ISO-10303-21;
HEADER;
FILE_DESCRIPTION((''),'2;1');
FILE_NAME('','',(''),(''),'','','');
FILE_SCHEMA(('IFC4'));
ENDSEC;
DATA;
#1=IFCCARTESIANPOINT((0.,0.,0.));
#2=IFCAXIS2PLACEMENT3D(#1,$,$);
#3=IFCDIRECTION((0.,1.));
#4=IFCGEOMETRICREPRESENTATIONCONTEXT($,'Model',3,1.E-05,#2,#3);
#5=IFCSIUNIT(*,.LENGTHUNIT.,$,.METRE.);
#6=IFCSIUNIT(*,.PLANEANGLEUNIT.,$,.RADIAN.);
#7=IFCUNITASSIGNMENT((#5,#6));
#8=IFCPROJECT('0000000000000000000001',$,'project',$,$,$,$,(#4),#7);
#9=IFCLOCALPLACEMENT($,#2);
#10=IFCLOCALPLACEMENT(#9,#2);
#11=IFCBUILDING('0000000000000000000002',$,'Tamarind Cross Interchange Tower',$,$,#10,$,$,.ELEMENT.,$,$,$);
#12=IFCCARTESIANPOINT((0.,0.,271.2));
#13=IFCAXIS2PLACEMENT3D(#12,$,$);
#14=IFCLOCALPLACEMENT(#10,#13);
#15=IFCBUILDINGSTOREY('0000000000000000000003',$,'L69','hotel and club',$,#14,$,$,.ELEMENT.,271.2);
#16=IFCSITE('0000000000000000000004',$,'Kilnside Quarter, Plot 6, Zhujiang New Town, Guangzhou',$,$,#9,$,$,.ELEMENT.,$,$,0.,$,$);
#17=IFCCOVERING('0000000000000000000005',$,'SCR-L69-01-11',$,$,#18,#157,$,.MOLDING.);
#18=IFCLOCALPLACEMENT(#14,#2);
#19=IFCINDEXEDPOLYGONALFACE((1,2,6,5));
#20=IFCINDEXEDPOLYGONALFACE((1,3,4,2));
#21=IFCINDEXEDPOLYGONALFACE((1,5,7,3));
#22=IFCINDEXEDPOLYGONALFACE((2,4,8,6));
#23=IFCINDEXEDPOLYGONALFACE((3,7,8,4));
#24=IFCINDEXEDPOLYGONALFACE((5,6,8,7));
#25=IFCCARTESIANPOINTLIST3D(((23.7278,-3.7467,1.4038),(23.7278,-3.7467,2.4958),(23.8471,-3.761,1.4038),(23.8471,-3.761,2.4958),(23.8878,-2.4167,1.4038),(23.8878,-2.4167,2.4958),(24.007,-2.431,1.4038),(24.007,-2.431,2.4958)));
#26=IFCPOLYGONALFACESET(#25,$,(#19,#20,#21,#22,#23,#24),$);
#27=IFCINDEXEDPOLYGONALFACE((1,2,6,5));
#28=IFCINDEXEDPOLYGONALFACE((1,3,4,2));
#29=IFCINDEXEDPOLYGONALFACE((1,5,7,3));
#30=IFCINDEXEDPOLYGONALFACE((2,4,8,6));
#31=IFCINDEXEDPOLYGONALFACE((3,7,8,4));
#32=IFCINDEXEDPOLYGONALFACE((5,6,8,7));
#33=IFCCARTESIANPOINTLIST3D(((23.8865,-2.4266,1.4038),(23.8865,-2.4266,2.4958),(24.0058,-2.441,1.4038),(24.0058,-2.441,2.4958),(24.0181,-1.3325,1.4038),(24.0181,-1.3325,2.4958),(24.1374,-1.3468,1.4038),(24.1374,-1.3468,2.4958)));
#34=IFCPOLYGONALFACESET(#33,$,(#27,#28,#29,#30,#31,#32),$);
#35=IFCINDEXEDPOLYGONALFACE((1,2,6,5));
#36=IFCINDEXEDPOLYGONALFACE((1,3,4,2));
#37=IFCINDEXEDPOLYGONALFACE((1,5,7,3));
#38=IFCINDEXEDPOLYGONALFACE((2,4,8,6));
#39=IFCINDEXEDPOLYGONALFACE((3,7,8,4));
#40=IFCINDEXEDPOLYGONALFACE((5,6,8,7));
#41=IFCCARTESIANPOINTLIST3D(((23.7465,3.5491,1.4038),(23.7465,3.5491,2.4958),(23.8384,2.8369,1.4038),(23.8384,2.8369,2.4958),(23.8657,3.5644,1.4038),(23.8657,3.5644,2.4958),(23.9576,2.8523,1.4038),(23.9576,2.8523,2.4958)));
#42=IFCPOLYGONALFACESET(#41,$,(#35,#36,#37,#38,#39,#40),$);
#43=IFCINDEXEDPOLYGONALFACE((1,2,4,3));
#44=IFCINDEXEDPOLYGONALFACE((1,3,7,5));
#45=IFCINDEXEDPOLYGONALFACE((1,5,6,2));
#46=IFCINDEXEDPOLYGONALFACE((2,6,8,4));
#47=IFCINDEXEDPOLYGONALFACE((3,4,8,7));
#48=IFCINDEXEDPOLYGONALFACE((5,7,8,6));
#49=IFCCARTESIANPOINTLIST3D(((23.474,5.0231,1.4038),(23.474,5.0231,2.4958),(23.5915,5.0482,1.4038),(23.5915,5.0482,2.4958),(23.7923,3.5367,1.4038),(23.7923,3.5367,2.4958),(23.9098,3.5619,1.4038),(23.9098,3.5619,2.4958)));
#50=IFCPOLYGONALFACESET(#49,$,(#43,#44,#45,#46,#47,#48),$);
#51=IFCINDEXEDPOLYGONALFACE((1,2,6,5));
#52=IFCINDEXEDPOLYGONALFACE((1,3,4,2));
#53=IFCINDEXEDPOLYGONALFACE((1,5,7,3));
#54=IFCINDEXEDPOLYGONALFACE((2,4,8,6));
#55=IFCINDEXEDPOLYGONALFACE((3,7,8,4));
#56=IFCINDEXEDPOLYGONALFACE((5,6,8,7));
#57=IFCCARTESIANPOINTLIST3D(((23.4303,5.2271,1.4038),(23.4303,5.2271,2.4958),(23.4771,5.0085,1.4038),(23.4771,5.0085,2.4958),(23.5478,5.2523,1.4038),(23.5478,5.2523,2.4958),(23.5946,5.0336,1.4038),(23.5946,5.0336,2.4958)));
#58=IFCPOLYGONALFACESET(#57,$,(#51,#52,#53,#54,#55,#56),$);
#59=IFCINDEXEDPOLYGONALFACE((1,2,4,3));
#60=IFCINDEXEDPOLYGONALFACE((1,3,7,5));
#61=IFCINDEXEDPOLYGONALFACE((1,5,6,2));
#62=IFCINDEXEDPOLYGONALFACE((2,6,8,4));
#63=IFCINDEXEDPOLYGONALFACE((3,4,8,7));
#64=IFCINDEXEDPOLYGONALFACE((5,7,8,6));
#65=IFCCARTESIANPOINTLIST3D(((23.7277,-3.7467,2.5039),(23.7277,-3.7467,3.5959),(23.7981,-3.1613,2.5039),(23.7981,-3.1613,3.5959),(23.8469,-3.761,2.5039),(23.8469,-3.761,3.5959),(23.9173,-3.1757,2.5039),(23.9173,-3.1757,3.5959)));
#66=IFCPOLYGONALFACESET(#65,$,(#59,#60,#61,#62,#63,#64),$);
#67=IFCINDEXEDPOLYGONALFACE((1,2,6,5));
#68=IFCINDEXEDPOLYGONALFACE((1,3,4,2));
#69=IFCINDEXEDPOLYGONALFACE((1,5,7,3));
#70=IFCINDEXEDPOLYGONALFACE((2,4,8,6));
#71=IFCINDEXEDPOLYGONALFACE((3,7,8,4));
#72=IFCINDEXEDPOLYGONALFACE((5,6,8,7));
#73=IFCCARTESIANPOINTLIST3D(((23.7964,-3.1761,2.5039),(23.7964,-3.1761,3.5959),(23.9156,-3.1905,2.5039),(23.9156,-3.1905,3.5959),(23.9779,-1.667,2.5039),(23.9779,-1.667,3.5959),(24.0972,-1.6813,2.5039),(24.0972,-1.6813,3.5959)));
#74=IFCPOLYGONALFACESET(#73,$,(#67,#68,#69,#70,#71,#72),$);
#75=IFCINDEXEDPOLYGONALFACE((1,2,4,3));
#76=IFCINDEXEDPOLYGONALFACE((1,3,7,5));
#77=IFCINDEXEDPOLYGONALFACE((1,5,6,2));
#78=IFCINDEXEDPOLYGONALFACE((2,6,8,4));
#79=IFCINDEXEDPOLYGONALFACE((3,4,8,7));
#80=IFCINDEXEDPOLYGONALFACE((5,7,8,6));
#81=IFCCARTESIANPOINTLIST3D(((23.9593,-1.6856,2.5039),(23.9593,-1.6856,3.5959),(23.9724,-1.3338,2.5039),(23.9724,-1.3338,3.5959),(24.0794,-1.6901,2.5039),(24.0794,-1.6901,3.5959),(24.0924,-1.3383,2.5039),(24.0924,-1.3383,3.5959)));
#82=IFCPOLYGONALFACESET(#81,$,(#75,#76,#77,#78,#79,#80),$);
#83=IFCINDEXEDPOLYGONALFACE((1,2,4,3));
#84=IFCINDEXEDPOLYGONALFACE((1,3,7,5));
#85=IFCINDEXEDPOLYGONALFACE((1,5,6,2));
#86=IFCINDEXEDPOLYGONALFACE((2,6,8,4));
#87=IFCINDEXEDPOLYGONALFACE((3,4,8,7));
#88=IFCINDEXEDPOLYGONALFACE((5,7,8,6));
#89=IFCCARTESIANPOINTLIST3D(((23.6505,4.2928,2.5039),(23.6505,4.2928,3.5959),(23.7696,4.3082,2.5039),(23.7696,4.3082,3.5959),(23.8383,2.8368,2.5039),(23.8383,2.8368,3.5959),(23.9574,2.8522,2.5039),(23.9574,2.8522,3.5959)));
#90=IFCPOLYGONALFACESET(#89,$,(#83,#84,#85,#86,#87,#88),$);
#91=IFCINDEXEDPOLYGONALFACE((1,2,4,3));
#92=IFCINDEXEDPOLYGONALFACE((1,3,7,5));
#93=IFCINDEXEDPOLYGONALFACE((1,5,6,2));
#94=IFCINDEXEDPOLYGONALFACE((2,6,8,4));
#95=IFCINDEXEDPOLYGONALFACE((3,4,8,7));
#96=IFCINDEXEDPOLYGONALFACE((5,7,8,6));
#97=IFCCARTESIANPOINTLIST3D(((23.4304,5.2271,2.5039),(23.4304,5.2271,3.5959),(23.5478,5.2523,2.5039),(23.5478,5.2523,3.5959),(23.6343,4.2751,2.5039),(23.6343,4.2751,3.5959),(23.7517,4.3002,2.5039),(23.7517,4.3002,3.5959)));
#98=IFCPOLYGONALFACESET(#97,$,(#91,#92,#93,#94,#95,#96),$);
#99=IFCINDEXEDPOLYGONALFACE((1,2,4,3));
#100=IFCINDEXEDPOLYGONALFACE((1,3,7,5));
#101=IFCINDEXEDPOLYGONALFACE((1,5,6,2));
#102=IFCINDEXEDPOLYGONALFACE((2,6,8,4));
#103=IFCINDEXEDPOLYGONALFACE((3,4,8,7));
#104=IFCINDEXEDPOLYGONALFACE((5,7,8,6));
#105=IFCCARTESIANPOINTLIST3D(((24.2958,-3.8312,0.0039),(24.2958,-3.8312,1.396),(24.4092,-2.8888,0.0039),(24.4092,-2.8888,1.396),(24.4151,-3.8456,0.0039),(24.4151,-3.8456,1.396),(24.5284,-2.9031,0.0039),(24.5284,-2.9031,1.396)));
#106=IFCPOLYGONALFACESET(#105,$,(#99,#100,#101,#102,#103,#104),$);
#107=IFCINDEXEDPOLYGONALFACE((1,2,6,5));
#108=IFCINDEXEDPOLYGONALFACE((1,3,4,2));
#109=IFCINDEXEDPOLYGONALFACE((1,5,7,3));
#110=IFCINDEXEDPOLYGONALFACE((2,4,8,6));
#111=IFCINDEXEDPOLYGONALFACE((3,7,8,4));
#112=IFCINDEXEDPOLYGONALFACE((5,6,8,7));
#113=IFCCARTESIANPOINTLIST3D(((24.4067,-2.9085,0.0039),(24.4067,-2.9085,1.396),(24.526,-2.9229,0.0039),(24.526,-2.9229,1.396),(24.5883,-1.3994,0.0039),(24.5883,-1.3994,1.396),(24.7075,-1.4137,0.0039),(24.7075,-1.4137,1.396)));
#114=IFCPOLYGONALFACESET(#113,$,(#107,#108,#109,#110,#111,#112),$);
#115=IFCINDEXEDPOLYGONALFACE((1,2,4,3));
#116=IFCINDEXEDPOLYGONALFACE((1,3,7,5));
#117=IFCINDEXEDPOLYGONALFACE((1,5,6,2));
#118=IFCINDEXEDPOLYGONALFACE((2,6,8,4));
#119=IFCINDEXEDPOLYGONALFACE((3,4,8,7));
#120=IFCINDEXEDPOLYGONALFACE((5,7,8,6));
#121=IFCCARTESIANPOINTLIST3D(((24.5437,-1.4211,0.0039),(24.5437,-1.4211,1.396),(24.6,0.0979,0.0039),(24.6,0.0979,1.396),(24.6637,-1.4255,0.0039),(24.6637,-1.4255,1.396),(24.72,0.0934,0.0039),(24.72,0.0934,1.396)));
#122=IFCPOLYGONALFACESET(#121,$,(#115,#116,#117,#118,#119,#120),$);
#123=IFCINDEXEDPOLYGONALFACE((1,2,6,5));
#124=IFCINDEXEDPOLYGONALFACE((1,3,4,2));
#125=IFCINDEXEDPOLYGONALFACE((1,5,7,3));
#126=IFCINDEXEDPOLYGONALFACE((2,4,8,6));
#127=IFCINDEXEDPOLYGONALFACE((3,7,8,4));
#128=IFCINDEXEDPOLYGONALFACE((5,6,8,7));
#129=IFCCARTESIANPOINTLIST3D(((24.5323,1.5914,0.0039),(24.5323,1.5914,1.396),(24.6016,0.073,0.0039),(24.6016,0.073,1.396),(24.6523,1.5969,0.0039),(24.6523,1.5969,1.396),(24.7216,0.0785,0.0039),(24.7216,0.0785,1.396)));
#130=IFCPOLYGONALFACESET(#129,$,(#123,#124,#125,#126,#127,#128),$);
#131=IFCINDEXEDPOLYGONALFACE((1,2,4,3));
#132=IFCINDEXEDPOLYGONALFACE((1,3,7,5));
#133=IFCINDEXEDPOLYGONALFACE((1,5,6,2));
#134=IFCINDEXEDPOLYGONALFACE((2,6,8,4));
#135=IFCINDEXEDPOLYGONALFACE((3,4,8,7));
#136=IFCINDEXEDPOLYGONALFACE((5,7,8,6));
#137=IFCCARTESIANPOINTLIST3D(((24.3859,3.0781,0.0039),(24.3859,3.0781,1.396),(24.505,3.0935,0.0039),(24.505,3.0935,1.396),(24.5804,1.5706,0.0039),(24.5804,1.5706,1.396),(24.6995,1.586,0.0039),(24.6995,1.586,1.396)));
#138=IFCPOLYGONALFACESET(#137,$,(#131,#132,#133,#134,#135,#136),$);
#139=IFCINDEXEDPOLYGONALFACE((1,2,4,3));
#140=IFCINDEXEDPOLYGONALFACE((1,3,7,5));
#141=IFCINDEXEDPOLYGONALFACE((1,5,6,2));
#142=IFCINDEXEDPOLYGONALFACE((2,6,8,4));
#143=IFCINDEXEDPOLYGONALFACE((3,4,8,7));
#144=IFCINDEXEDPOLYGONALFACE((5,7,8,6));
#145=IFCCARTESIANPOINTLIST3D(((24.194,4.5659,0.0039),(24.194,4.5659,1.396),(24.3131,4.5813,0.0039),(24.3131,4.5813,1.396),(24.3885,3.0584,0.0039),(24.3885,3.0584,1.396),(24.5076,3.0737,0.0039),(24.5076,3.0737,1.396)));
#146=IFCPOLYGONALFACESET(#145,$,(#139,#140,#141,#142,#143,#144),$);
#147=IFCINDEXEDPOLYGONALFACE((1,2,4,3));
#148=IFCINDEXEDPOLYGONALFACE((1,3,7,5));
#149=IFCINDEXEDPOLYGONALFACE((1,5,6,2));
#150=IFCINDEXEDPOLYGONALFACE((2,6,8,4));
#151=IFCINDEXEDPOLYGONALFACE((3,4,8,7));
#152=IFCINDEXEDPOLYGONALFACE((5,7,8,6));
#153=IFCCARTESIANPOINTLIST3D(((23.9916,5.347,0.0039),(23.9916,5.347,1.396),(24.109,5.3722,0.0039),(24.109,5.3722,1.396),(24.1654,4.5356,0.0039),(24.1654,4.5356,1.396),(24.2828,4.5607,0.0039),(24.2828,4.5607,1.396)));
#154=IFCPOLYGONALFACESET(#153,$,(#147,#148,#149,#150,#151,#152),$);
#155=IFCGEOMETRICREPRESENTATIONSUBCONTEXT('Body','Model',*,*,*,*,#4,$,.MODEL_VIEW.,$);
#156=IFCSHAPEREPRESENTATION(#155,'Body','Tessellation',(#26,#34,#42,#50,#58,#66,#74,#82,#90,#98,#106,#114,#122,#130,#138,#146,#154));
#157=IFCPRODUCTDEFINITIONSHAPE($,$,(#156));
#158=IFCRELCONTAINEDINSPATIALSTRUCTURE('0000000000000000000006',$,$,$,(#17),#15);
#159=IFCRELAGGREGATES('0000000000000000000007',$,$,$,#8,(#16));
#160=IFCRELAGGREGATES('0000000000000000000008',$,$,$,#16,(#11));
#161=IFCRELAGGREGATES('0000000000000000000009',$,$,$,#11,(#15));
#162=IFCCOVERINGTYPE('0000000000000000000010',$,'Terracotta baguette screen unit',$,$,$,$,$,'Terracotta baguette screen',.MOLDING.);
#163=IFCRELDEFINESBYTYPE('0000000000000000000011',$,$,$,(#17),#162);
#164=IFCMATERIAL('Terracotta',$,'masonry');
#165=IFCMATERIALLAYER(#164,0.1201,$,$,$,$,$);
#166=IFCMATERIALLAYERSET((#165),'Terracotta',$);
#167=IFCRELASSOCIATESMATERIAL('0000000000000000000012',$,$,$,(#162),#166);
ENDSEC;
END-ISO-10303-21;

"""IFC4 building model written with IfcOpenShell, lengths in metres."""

from ifc_helpers import new_model, si_unit, direction, frame, origin, origin_2d, place, context, subcontext, project, spatial, rectangle, extrude, material, layer, layer_set, type_object, element, save


model = new_model("IFC4")

# Units and contexts
model_context = context("Model", 3, precision=1e-05, world=origin(), true_north=direction((0.0, 1.0)))
body_context = subcontext(model_context, "Body", "Model", "MODEL_VIEW")
ifc_project = project(units=[si_unit("LENGTHUNIT", "METRE"), si_unit("PLANEANGLEUNIT", "RADIAN")], contexts=[model_context])

# Site, building, storey
site_placement = place(None, origin())
site = spatial("IfcSite", under=ifc_project, at=site_placement, Name="Kilnside Quarter, Plot 6, Zhujiang New Town, Guangzhou", CompositionType="ELEMENT", RefElevation=0.0)
building_placement = place(site_placement, origin())
building = spatial("IfcBuilding", under=site, at=building_placement, Name="Tamarind Cross Interchange Tower", CompositionType="ELEMENT")
storey_placement = place(building_placement, frame((0.0, 0.0, 271.2)))
storey = spatial("IfcBuildingStorey", under=building, at=storey_placement, Name="L69", Description="hotel and club", CompositionType="ELEMENT", Elevation=271.2)

# Covering
ifc_material_1 = material(Name="Terracotta", Category="masonry")
ifc_layer_1 = layer(ifc_material_1, 0.1201)
ifc_layer_set_1 = layer_set([ifc_layer_1], Name="Terracotta")
covering_type = type_object("IfcCoveringType", Name="Terracotta baguette screen unit", ElementType="Terracotta baguette screen", PredefinedType="MOLDING", material=ifc_layer_set_1)
covering_1_placement = place(storey_placement, origin())
element("IfcCovering", 1, at=covering_1_placement, inside=storey, type_object=covering_type, Name="SCR-L69-01-11", PredefinedType="MOLDING", context=body_context, shape_type="SweptSolid", body=[
    extrude(rectangle(XDim=1.3396, YDim=0.1201, at=origin_2d()), frame((23.8674, -3.0889, 1.4038), z_axis=(0.0, 0.0, 1.0), x_axis=(0.119421, 0.992844, 0.0)), (0.0, 0.0, 1.0), 1.092),
    extrude(rectangle(XDim=1.1021, YDim=0.1201, at=origin_2d()), frame((24.012, -1.8867, 1.4038), z_axis=(0.0, 0.0, 1.0), x_axis=(0.119421, 0.992844, 0.0)), (0.0, 0.0, 1.0), 1.092),
    extrude(rectangle(XDim=0.718, YDim=0.1201, at=origin_2d()), frame((23.8521, 3.2007, 1.4038), z_axis=(0.0, 0.0, 1.0), x_axis=(-0.127962, 0.991779, 0.0)), (0.0, 0.0, 1.0), 1.092),
    extrude(rectangle(XDim=1.52, YDim=0.1201, at=origin_2d()), frame((23.6919, 4.2925, 1.4038), z_axis=(0.0, 0.0, 1.0), x_axis=(-0.209425, 0.977825, 0.0)), (0.0, 0.0, 1.0), 1.092),
    extrude(rectangle(XDim=0.2236, YDim=0.1201, at=origin_2d()), frame((23.5125, 5.1304, 1.4038), z_axis=(0.0, 0.0, 1.0), x_axis=(-0.209425, 0.977825, 0.0)), (0.0, 0.0, 1.0), 1.092),
    extrude(rectangle(XDim=0.5896, YDim=0.1201, at=origin_2d()), frame((23.8225, -3.4612, 2.5039), z_axis=(0.0, 0.0, 1.0), x_axis=(0.119421, 0.992844, 0.0)), (0.0, 0.0, 1.0), 1.092),
    extrude(rectangle(XDim=1.52, YDim=0.1201, at=origin_2d()), frame((23.9468, -2.4287, 2.5039), z_axis=(0.0, 0.0, 1.0), x_axis=(0.119421, 0.992844, 0.0)), (0.0, 0.0, 1.0), 1.092),
    extrude(rectangle(XDim=0.3521, YDim=0.1201, at=origin_2d()), frame((24.0259, -1.512, 2.5039), z_axis=(0.0, 0.0, 1.0), x_axis=(0.037025, 0.999314, 0.0)), (0.0, 0.0, 1.0), 1.092),
    extrude(rectangle(XDim=1.468, YDim=0.1201, at=origin_2d()), frame((23.804, 3.5725, 2.5039), z_axis=(0.0, 0.0, 1.0), x_axis=(-0.127962, 0.991779, 0.0)), (0.0, 0.0, 1.0), 1.092),
    extrude(rectangle(XDim=0.9736, YDim=0.1201, at=origin_2d()), frame((23.5911, 4.7637, 2.5039), z_axis=(0.0, 0.0, 1.0), x_axis=(-0.209425, 0.977825, 0.0)), (0.0, 0.0, 1.0), 1.092),
    extrude(rectangle(XDim=0.9492, YDim=0.1201, at=origin_2d()), frame((24.4121, -3.3672, 0.0039), z_axis=(0.0, 0.0, 1.0), x_axis=(0.119421, 0.992844, 0.0)), (0.0, 0.0, 1.0), 1.3921),
    extrude(rectangle(XDim=1.52, YDim=0.1201, at=origin_2d()), frame((24.5571, -2.1611, 0.0039), z_axis=(0.0, 0.0, 1.0), x_axis=(0.119421, 0.992844, 0.0)), (0.0, 0.0, 1.0), 1.3921),
    extrude(rectangle(XDim=1.52, YDim=0.1201, at=origin_2d()), frame((24.6318, -0.6638, 0.0039), z_axis=(0.0, 0.0, 1.0), x_axis=(0.037025, 0.999314, 0.0)), (0.0, 0.0, 1.0), 1.3921),
    extrude(rectangle(XDim=1.52, YDim=0.1201, at=origin_2d()), frame((24.627, 0.835, 0.0039), z_axis=(0.0, 0.0, 1.0), x_axis=(-0.045624, 0.998959, 0.0)), (0.0, 0.0, 1.0), 1.3921),
    extrude(rectangle(XDim=1.52, YDim=0.1201, at=origin_2d()), frame((24.5427, 2.332, 0.0039), z_axis=(0.0, 0.0, 1.0), x_axis=(-0.127962, 0.991779, 0.0)), (0.0, 0.0, 1.0), 1.3921),
    extrude(rectangle(XDim=1.52, YDim=0.1201, at=origin_2d()), frame((24.3508, 3.8198, 0.0039), z_axis=(0.0, 0.0, 1.0), x_axis=(-0.127962, 0.991779, 0.0)), (0.0, 0.0, 1.0), 1.3921),
    extrude(rectangle(XDim=0.8298, YDim=0.1201, at=origin_2d()), frame((24.1372, 4.9539, 0.0039), z_axis=(0.0, 0.0, 1.0), x_axis=(-0.209425, 0.977825, 0.0)), (0.0, 0.0, 1.0), 1.3921),
])

save(model, "model.ifc")
